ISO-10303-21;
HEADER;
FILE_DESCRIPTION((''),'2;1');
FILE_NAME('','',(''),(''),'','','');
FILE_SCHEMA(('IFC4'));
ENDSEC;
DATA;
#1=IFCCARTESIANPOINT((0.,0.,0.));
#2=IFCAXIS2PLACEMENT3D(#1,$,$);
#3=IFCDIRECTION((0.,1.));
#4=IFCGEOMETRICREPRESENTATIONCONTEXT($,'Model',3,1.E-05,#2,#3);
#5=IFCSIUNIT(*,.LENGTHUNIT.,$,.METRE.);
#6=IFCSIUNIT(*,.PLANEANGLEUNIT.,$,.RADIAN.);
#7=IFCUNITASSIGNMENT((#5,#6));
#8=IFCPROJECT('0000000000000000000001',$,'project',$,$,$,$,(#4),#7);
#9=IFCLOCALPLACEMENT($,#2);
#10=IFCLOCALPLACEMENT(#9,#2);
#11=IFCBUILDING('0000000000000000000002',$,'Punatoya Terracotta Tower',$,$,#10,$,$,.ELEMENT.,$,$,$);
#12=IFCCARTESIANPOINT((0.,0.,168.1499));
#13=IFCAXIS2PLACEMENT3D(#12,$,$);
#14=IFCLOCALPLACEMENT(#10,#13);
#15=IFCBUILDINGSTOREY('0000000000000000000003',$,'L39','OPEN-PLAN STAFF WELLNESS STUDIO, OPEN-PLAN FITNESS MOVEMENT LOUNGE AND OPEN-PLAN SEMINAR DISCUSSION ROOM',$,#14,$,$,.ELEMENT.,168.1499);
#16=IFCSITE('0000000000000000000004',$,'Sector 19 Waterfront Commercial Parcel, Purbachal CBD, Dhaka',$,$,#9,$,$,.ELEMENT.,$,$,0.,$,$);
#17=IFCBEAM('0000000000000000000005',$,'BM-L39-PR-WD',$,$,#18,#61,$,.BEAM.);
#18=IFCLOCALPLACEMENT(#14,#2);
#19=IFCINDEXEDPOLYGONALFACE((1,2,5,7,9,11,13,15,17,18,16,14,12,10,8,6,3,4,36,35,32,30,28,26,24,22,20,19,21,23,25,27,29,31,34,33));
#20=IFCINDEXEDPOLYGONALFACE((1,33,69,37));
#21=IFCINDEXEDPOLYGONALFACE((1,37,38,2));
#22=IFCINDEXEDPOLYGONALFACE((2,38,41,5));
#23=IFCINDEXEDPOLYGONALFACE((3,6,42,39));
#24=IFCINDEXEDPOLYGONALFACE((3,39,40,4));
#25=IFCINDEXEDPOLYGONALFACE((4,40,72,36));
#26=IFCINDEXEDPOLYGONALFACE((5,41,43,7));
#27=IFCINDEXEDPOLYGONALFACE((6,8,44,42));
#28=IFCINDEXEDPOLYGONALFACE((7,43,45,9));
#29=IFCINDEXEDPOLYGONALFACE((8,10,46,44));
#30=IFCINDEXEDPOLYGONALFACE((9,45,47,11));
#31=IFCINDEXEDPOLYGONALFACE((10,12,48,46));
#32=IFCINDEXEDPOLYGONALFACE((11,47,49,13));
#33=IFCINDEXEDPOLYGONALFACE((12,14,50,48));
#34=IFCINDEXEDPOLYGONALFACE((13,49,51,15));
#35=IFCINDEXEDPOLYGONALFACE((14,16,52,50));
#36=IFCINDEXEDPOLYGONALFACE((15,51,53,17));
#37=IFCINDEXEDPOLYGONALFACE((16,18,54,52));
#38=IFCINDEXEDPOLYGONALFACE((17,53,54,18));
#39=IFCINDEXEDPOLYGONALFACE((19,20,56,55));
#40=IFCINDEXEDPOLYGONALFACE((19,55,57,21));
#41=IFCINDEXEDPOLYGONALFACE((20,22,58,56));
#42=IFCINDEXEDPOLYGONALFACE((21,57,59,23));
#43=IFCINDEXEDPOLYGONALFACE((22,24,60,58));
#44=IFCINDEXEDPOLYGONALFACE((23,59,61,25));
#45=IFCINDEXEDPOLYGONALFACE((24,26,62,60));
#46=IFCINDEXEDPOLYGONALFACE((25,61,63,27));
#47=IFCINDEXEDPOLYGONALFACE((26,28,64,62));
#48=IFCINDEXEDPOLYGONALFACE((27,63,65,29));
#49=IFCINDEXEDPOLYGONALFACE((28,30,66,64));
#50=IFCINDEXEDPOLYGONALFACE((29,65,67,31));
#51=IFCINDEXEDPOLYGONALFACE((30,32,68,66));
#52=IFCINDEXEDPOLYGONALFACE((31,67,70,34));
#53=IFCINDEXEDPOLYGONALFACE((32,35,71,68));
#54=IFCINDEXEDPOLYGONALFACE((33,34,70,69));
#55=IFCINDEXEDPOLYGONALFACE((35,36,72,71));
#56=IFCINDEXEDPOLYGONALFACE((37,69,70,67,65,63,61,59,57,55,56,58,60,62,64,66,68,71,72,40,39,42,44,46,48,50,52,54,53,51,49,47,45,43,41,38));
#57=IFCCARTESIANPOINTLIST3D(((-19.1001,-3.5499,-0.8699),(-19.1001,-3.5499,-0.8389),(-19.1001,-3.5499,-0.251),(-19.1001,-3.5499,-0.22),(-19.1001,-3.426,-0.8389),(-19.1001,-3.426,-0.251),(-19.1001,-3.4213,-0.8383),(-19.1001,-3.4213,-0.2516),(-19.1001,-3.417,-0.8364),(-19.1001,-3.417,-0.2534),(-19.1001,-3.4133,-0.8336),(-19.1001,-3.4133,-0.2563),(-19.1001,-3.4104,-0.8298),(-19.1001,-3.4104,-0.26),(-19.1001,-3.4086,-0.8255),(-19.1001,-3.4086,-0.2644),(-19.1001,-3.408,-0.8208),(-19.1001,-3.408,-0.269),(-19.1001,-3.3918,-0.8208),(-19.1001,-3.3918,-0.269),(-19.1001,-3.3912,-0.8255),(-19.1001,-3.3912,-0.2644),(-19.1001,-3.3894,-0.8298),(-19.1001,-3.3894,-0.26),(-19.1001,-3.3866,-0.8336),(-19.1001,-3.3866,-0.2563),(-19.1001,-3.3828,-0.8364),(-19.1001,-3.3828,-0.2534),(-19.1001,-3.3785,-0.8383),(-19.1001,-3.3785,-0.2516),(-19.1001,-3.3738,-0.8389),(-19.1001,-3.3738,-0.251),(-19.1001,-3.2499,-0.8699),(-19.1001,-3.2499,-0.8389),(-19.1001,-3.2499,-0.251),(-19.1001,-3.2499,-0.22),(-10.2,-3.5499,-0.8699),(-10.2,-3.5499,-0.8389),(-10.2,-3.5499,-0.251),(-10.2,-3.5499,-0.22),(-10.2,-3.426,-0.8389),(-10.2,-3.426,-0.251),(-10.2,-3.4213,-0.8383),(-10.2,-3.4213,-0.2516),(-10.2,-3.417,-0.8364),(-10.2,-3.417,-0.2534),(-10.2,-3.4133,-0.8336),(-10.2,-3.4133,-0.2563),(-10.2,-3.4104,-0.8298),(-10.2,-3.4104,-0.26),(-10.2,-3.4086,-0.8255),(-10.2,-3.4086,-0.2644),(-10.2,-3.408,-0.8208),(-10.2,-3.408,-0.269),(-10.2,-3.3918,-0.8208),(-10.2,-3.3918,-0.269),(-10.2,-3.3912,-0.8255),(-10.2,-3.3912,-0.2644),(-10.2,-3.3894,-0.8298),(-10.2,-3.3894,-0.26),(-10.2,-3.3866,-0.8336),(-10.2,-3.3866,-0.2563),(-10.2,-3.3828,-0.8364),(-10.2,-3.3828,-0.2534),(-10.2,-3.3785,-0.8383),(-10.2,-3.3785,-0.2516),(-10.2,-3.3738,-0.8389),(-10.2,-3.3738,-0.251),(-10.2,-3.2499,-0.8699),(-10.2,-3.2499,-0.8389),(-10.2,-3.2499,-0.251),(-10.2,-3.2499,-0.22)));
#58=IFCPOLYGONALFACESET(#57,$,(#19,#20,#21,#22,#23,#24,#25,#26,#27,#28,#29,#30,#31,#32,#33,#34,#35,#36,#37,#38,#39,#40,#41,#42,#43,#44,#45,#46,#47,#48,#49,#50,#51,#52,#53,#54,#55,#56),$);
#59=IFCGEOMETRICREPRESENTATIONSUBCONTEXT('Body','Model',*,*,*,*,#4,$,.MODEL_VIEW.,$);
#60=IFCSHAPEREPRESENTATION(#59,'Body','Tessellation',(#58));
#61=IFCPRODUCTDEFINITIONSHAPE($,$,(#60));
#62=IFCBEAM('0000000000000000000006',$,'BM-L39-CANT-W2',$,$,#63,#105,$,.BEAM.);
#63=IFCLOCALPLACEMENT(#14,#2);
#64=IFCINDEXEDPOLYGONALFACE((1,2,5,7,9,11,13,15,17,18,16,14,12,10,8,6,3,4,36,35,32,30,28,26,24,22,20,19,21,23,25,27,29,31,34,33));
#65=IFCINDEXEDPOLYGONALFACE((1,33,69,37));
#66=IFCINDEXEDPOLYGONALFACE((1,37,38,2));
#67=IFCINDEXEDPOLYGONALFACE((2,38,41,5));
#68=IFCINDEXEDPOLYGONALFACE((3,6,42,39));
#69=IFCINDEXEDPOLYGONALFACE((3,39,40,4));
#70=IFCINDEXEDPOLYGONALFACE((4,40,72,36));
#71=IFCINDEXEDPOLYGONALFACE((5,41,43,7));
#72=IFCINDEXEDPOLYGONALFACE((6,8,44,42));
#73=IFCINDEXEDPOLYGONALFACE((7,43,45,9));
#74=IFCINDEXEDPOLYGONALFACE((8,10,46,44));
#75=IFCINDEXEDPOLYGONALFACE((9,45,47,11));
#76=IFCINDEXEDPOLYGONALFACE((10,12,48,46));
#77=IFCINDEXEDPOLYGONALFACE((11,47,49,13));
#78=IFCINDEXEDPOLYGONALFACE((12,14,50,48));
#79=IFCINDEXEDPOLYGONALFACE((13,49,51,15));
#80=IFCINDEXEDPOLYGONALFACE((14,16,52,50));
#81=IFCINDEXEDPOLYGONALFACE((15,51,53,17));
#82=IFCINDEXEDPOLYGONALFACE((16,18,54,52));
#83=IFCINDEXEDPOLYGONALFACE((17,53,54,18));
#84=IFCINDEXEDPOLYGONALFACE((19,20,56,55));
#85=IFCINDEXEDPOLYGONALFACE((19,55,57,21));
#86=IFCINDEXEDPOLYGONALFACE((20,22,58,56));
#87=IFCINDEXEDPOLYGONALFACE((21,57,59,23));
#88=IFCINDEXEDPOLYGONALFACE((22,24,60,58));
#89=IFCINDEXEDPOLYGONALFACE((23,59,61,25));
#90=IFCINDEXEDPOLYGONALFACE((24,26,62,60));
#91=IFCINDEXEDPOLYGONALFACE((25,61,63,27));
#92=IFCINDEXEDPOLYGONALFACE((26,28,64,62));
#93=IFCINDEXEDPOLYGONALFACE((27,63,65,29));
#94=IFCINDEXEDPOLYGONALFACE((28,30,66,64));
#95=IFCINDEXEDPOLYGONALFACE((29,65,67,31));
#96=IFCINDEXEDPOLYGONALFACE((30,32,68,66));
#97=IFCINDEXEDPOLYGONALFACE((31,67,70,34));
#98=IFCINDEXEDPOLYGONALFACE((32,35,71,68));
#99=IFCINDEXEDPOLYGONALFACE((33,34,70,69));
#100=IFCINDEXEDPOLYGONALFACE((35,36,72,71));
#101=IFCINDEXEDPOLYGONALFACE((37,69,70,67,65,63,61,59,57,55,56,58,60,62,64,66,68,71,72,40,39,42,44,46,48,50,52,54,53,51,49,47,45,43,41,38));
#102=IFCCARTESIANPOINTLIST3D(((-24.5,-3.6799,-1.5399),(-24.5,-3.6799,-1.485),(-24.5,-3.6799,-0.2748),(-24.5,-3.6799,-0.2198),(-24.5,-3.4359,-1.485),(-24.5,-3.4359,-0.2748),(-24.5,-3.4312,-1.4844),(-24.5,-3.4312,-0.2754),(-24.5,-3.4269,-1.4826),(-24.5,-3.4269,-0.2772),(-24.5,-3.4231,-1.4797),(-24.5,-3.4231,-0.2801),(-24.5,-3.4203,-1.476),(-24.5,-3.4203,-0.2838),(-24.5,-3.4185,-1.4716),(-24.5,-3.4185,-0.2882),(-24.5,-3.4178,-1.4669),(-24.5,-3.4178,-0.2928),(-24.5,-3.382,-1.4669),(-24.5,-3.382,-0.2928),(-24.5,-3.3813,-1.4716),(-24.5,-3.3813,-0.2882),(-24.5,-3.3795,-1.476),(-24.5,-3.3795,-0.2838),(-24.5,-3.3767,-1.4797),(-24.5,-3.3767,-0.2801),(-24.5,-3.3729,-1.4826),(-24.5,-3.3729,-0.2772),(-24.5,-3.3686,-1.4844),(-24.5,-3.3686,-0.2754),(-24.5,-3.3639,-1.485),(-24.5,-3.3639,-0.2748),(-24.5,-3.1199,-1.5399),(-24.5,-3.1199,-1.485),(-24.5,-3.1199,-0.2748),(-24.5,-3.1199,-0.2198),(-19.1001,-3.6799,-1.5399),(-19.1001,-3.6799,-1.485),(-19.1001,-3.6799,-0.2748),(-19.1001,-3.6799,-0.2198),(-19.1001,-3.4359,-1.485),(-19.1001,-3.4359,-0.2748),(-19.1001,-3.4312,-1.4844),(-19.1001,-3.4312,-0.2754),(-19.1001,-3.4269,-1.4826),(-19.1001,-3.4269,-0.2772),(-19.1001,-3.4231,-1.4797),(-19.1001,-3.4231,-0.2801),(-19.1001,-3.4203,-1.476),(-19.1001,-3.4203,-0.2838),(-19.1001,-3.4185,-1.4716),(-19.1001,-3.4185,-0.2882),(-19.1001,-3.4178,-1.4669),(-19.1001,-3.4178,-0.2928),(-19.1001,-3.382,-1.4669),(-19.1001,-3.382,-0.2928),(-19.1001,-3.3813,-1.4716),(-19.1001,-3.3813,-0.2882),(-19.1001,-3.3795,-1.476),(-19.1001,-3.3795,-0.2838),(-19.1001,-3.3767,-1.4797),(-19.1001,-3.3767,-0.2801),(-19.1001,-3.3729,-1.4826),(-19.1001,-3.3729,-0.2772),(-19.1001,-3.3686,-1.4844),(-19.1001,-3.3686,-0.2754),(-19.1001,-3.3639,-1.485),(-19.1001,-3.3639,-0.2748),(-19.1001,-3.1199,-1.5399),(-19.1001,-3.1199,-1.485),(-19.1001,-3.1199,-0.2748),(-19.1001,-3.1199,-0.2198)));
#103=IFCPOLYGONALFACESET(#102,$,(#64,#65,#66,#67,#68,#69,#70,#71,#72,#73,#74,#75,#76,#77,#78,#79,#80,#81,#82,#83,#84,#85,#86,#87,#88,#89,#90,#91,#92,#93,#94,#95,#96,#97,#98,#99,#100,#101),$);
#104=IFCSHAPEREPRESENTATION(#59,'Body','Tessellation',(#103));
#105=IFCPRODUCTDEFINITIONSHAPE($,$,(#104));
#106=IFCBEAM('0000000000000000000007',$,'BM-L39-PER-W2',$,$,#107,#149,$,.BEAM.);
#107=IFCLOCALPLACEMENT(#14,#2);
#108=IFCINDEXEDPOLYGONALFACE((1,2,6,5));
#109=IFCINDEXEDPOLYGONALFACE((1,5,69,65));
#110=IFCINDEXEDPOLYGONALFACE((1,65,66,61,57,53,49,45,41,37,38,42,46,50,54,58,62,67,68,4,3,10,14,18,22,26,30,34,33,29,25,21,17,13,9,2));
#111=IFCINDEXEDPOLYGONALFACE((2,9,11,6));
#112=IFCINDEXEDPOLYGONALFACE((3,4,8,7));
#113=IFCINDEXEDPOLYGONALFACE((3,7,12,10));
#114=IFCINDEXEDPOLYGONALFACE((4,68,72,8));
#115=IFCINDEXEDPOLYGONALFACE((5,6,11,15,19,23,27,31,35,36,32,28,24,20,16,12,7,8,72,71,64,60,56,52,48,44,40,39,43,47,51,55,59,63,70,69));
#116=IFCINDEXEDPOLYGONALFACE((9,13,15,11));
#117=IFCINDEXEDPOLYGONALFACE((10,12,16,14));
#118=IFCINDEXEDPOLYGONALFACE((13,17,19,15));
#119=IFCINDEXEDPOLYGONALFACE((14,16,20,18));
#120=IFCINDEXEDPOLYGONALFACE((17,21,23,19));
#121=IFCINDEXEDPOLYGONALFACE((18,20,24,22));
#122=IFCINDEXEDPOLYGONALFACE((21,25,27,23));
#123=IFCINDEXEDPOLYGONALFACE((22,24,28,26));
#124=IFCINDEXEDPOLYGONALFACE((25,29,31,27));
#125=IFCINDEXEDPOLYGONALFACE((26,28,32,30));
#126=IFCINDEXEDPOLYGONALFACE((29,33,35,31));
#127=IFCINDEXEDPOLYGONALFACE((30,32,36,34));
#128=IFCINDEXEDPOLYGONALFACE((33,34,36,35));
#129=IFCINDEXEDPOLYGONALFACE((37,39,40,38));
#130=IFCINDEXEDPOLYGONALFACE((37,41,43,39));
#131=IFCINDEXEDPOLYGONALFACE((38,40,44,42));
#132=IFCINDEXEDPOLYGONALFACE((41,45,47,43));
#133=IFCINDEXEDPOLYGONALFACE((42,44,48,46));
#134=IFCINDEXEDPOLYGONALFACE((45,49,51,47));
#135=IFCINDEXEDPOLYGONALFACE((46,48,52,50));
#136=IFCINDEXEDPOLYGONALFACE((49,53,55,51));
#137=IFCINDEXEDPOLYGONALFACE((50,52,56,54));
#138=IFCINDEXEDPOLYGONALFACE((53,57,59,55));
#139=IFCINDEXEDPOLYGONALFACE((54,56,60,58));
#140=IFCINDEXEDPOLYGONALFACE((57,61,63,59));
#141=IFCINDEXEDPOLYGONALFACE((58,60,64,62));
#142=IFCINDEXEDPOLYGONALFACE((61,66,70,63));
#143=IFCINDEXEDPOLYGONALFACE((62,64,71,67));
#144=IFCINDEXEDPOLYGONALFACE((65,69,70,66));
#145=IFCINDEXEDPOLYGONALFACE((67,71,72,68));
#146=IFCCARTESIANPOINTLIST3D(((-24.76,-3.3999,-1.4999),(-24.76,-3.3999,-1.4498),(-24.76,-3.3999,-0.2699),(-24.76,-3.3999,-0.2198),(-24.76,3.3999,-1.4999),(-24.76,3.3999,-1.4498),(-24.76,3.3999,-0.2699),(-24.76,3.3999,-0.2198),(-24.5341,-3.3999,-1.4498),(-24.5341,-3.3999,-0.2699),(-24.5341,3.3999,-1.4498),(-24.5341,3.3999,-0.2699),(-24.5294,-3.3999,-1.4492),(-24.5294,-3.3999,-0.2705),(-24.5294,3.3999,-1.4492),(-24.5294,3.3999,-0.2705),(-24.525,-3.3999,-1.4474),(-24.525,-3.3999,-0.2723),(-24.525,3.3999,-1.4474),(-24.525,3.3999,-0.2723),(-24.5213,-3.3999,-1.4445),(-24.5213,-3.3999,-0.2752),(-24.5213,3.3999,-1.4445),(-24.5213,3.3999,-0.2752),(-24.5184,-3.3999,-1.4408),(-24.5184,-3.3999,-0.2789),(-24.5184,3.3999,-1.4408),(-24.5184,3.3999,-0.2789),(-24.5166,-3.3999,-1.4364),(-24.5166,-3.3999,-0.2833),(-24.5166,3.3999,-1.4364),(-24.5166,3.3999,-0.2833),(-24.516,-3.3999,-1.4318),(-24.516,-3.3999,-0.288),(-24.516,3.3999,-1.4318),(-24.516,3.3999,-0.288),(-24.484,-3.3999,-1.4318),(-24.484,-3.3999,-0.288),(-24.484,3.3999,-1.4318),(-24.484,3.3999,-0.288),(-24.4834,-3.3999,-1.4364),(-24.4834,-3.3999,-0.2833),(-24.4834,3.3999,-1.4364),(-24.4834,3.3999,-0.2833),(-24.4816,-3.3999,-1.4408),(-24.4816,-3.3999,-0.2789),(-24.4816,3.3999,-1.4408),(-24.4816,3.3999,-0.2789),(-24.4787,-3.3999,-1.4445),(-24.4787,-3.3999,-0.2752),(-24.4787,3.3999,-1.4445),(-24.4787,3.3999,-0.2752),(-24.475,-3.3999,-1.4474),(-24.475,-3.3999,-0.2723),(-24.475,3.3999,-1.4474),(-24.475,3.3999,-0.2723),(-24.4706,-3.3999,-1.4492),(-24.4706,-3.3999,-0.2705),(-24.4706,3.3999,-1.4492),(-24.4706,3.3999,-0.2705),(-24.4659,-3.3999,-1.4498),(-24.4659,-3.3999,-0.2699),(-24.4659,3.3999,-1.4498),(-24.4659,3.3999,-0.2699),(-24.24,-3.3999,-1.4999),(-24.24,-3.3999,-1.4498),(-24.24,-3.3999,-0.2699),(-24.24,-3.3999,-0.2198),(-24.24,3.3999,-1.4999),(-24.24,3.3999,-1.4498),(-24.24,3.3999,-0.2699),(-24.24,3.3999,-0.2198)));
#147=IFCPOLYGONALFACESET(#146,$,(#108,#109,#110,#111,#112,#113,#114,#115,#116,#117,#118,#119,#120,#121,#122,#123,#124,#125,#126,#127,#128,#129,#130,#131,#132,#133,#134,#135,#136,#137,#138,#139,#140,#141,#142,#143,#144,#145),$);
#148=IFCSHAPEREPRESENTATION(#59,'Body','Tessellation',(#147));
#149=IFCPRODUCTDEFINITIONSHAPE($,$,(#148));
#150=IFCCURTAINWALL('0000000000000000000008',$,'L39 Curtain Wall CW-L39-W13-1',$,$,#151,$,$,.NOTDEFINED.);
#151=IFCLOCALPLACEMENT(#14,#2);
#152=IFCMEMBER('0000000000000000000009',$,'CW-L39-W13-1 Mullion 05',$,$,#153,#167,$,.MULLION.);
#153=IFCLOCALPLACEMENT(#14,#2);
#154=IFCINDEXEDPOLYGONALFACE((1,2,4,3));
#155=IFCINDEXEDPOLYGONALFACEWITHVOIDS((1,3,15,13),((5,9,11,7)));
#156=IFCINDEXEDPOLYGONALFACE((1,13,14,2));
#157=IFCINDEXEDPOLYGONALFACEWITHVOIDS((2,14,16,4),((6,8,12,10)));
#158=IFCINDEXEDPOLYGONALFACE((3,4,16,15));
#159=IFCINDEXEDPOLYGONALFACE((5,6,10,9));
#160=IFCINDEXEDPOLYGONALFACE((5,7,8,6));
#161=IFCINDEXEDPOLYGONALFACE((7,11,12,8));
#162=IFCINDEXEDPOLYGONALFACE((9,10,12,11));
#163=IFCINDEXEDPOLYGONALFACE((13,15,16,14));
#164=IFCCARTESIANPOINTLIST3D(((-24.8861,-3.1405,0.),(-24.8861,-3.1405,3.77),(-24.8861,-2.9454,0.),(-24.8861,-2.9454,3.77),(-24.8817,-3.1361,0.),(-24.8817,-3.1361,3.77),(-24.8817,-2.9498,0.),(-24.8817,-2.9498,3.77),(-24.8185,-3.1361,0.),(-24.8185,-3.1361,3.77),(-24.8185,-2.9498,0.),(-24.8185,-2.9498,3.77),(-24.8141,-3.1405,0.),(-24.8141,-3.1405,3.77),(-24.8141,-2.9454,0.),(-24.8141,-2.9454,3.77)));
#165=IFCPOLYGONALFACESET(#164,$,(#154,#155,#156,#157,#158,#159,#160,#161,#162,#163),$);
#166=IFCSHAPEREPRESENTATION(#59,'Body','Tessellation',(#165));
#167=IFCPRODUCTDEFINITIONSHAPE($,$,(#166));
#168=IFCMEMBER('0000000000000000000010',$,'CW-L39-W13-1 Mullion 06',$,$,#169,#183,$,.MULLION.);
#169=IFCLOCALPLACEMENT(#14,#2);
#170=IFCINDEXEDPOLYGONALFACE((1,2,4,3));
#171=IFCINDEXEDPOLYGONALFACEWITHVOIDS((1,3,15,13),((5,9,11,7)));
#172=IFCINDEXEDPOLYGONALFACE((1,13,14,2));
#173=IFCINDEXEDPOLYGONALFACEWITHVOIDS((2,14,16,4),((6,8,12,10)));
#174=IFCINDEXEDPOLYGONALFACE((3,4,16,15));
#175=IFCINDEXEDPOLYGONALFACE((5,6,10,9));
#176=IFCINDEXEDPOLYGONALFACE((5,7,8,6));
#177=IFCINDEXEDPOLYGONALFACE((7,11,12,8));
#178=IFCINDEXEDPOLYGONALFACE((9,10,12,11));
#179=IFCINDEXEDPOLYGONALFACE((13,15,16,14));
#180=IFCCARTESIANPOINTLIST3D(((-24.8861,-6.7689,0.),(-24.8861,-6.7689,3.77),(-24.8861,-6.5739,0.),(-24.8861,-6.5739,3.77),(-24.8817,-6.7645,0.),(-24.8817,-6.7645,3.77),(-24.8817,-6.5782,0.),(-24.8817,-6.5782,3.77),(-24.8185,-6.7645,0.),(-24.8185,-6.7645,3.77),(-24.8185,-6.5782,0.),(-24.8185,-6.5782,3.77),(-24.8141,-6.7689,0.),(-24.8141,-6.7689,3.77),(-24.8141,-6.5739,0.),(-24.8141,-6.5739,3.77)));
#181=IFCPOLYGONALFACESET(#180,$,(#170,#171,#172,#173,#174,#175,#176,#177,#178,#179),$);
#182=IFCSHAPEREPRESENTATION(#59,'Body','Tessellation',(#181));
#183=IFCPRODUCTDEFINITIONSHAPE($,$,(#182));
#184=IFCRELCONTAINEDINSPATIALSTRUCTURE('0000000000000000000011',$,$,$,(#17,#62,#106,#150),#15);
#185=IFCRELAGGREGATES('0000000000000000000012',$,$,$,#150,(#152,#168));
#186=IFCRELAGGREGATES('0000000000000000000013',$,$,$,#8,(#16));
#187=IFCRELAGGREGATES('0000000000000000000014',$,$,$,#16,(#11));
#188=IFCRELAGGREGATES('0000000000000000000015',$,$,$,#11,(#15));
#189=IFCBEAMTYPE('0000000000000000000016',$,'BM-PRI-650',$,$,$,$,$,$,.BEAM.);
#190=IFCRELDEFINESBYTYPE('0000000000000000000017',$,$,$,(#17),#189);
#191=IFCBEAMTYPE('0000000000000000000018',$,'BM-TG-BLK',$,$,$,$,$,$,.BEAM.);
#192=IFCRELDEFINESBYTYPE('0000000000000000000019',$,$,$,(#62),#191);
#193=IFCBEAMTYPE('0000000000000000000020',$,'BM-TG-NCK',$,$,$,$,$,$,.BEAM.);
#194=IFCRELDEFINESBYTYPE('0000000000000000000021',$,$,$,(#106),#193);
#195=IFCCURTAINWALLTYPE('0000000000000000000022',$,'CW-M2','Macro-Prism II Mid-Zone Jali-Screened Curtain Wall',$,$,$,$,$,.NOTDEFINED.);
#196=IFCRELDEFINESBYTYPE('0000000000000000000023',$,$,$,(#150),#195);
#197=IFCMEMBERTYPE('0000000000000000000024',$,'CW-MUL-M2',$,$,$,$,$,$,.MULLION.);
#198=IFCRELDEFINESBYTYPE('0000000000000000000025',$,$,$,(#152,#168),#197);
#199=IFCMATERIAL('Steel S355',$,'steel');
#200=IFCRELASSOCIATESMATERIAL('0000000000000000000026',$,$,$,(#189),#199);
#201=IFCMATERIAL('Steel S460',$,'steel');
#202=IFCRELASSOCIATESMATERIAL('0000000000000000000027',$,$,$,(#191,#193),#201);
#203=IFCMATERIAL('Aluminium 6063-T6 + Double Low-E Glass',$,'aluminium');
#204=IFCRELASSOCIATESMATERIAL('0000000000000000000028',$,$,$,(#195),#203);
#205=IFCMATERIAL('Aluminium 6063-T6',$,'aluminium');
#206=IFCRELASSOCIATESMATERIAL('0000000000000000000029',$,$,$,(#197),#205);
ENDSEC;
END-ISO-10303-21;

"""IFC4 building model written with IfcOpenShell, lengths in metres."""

from ifc_helpers import new_model, si_unit, direction, frame, origin, origin_2d, place, context, subcontext, project, spatial, hollow_rectangle, i_section, extrude, material, material_profile, profile_set, type_object, element, aggregate, save


model = new_model("IFC4")

# Units and contexts
model_context = context("Model", 3, precision=1e-05, world=origin(), true_north=direction((0.0, 1.0)))
body_context = subcontext(model_context, "Body", "Model", "MODEL_VIEW")
ifc_project = project(units=[si_unit("LENGTHUNIT", "METRE"), si_unit("PLANEANGLEUNIT", "RADIAN")], contexts=[model_context])

# Site, building, storey
site_placement = place(None, origin())
site = spatial("IfcSite", under=ifc_project, at=site_placement, Name="Sector 19 Waterfront Commercial Parcel, Purbachal CBD, Dhaka", CompositionType="ELEMENT", RefElevation=0.0)
building_placement = place(site_placement, origin())
building = spatial("IfcBuilding", under=site, at=building_placement, Name="Punatoya Terracotta Tower", CompositionType="ELEMENT")
storey_placement = place(building_placement, frame((0.0, 0.0, 168.1499)))
storey = spatial("IfcBuildingStorey", under=building, at=storey_placement, Name="L39", Description="OPEN-PLAN STAFF WELLNESS STUDIO, OPEN-PLAN FITNESS MOVEMENT LOUNGE AND OPEN-PLAN SEMINAR DISCUSSION ROOM", CompositionType="ELEMENT", Elevation=168.1499)

# Shared definitions
ifc_material_1 = material(Name="Steel S460", Category="steel")

# Beams
ifc_material_2 = material(Name="Steel S355", Category="steel")
ifc_material_profile_1 = material_profile(ifc_material_2, i_section(OverallWidth=0.3, OverallDepth=0.6499, WebThickness=0.0161, FlangeThickness=0.031, FilletRadius=0.0181, at=origin_2d()))
ifc_profile_set_1 = profile_set([ifc_material_profile_1], Name="Steel S355")
beam_type_1 = type_object("IfcBeamType", Name="BM-PRI-650", PredefinedType="BEAM", material=ifc_profile_set_1)
for number, where, z_axis, x_axis, name in (
    (1, (-19.1001, -3.3999, -0.5449), (1.0, 0.0, 0.0), (0.0, 1.0, 0.0), "BM-L39-PR-WD"),
):
    element("IfcBeam", number, at=place(storey_placement, frame(where, z_axis=z_axis, x_axis=x_axis)), inside=storey, type_object=beam_type_1, Name=name, PredefinedType="BEAM", context=body_context, shape_type="SweptSolid", body=[
        extrude(i_section(OverallWidth=0.3, OverallDepth=0.6499, WebThickness=0.0161, FlangeThickness=0.031, FilletRadius=0.0181, at=origin_2d()), origin(), (0.0, 0.0, 1.0), 8.9001),
    ])
ifc_material_profile_2 = material_profile(ifc_material_1, i_section(OverallWidth=0.5601, OverallDepth=1.3201, WebThickness=0.0359, FlangeThickness=0.0549, FilletRadius=0.0181, at=origin_2d()))
ifc_profile_set_2 = profile_set([ifc_material_profile_2], Name="Steel S460")
beam_type_2 = type_object("IfcBeamType", Name="BM-TG-BLK", PredefinedType="BEAM", material=ifc_profile_set_2)
beam_1_placement = place(storey_placement, frame((-24.5, -3.3999, -0.8799), z_axis=(1.0, 0.0, 0.0), x_axis=(0.0, 1.0, 0.0)))
element("IfcBeam", 2, at=beam_1_placement, inside=storey, type_object=beam_type_2, Name="BM-L39-CANT-W2", PredefinedType="BEAM", context=body_context, shape_type="SweptSolid", body=[
    extrude(i_section(OverallWidth=0.5601, OverallDepth=1.3201, WebThickness=0.0359, FlangeThickness=0.0549, FilletRadius=0.0181, at=origin_2d()), origin(), (0.0, 0.0, 1.0), 5.3999),
])
ifc_material_profile_3 = material_profile(ifc_material_1, i_section(OverallWidth=0.52, OverallDepth=1.28, WebThickness=0.032, FlangeThickness=0.05, FilletRadius=0.0181, at=origin_2d()))
ifc_profile_set_3 = profile_set([ifc_material_profile_3], Name="Steel S460")
beam_type_3 = type_object("IfcBeamType", Name="BM-TG-NCK", PredefinedType="BEAM", material=ifc_profile_set_3)
beam_2_placement = place(storey_placement, frame((-24.5, -3.3999, -0.8599), z_axis=(0.0, 1.0, 0.0), x_axis=(-1.0, 0.0, 0.0)))
element("IfcBeam", 3, at=beam_2_placement, inside=storey, type_object=beam_type_3, Name="BM-L39-PER-W2", PredefinedType="BEAM", context=body_context, shape_type="SweptSolid", body=[
    extrude(i_section(OverallWidth=0.52, OverallDepth=1.28, WebThickness=0.032, FlangeThickness=0.05, FilletRadius=0.0181, at=origin_2d()), origin(), (0.0, 0.0, 1.0), 6.7998),
])

# Curtain wall, members
ifc_material_3 = material(Name="Aluminium 6063-T6 + Double Low-E Glass", Category="aluminium")
curtain_wall_type = type_object("IfcCurtainWallType", Name="CW-M2", Description="Macro-Prism II Mid-Zone Jali-Screened Curtain Wall", PredefinedType="NOTDEFINED", material=ifc_material_3)
curtain_wall_placement = place(storey_placement, origin())
curtain_wall = element("IfcCurtainWall", 4, at=curtain_wall_placement, inside=storey, type_object=curtain_wall_type, Name="L39 Curtain Wall CW-L39-W13-1", PredefinedType="NOTDEFINED")
ifc_material_4 = material(Name="Aluminium 6063-T6", Category="aluminium")
ifc_material_profile_4 = material_profile(ifc_material_4, hollow_rectangle(XDim=0.072, YDim=0.1951, WallThickness=0.0044, at=origin_2d()))
ifc_profile_set_4 = profile_set([ifc_material_profile_4], Name="Aluminium 6063-T6")
member_type = type_object("IfcMemberType", Name="CW-MUL-M2", PredefinedType="MULLION", material=ifc_profile_set_4)
member_1_placement = place(storey_placement, frame((-24.8501, -3.043, 0.0), z_axis=(0.0, 0.0, 1.0), x_axis=(1.0, 0.0, 0.0)))
member_1 = element("IfcMember", 5, at=member_1_placement, type_object=member_type, Name="CW-L39-W13-1 Mullion 05", PredefinedType="MULLION", context=body_context, shape_type="SweptSolid", body=[
    extrude(hollow_rectangle(XDim=0.072, YDim=0.1951, WallThickness=0.0044, at=origin_2d()), origin(), (0.0, 0.0, 1.0), 3.77),
])
member_2_placement = place(storey_placement, frame((-24.8501, -6.6714, 0.0), z_axis=(0.0, 0.0, 1.0), x_axis=(1.0, 0.0, 0.0)))
member_2 = element("IfcMember", 6, at=member_2_placement, type_object=member_type, Name="CW-L39-W13-1 Mullion 06", PredefinedType="MULLION", context=body_context, shape_type="SweptSolid", body=[
    extrude(hollow_rectangle(XDim=0.072, YDim=0.1951, WallThickness=0.0044, at=origin_2d()), origin(), (0.0, 0.0, 1.0), 3.77),
])
aggregate(curtain_wall, [member_1, member_2])

save(model, "model.ifc")
